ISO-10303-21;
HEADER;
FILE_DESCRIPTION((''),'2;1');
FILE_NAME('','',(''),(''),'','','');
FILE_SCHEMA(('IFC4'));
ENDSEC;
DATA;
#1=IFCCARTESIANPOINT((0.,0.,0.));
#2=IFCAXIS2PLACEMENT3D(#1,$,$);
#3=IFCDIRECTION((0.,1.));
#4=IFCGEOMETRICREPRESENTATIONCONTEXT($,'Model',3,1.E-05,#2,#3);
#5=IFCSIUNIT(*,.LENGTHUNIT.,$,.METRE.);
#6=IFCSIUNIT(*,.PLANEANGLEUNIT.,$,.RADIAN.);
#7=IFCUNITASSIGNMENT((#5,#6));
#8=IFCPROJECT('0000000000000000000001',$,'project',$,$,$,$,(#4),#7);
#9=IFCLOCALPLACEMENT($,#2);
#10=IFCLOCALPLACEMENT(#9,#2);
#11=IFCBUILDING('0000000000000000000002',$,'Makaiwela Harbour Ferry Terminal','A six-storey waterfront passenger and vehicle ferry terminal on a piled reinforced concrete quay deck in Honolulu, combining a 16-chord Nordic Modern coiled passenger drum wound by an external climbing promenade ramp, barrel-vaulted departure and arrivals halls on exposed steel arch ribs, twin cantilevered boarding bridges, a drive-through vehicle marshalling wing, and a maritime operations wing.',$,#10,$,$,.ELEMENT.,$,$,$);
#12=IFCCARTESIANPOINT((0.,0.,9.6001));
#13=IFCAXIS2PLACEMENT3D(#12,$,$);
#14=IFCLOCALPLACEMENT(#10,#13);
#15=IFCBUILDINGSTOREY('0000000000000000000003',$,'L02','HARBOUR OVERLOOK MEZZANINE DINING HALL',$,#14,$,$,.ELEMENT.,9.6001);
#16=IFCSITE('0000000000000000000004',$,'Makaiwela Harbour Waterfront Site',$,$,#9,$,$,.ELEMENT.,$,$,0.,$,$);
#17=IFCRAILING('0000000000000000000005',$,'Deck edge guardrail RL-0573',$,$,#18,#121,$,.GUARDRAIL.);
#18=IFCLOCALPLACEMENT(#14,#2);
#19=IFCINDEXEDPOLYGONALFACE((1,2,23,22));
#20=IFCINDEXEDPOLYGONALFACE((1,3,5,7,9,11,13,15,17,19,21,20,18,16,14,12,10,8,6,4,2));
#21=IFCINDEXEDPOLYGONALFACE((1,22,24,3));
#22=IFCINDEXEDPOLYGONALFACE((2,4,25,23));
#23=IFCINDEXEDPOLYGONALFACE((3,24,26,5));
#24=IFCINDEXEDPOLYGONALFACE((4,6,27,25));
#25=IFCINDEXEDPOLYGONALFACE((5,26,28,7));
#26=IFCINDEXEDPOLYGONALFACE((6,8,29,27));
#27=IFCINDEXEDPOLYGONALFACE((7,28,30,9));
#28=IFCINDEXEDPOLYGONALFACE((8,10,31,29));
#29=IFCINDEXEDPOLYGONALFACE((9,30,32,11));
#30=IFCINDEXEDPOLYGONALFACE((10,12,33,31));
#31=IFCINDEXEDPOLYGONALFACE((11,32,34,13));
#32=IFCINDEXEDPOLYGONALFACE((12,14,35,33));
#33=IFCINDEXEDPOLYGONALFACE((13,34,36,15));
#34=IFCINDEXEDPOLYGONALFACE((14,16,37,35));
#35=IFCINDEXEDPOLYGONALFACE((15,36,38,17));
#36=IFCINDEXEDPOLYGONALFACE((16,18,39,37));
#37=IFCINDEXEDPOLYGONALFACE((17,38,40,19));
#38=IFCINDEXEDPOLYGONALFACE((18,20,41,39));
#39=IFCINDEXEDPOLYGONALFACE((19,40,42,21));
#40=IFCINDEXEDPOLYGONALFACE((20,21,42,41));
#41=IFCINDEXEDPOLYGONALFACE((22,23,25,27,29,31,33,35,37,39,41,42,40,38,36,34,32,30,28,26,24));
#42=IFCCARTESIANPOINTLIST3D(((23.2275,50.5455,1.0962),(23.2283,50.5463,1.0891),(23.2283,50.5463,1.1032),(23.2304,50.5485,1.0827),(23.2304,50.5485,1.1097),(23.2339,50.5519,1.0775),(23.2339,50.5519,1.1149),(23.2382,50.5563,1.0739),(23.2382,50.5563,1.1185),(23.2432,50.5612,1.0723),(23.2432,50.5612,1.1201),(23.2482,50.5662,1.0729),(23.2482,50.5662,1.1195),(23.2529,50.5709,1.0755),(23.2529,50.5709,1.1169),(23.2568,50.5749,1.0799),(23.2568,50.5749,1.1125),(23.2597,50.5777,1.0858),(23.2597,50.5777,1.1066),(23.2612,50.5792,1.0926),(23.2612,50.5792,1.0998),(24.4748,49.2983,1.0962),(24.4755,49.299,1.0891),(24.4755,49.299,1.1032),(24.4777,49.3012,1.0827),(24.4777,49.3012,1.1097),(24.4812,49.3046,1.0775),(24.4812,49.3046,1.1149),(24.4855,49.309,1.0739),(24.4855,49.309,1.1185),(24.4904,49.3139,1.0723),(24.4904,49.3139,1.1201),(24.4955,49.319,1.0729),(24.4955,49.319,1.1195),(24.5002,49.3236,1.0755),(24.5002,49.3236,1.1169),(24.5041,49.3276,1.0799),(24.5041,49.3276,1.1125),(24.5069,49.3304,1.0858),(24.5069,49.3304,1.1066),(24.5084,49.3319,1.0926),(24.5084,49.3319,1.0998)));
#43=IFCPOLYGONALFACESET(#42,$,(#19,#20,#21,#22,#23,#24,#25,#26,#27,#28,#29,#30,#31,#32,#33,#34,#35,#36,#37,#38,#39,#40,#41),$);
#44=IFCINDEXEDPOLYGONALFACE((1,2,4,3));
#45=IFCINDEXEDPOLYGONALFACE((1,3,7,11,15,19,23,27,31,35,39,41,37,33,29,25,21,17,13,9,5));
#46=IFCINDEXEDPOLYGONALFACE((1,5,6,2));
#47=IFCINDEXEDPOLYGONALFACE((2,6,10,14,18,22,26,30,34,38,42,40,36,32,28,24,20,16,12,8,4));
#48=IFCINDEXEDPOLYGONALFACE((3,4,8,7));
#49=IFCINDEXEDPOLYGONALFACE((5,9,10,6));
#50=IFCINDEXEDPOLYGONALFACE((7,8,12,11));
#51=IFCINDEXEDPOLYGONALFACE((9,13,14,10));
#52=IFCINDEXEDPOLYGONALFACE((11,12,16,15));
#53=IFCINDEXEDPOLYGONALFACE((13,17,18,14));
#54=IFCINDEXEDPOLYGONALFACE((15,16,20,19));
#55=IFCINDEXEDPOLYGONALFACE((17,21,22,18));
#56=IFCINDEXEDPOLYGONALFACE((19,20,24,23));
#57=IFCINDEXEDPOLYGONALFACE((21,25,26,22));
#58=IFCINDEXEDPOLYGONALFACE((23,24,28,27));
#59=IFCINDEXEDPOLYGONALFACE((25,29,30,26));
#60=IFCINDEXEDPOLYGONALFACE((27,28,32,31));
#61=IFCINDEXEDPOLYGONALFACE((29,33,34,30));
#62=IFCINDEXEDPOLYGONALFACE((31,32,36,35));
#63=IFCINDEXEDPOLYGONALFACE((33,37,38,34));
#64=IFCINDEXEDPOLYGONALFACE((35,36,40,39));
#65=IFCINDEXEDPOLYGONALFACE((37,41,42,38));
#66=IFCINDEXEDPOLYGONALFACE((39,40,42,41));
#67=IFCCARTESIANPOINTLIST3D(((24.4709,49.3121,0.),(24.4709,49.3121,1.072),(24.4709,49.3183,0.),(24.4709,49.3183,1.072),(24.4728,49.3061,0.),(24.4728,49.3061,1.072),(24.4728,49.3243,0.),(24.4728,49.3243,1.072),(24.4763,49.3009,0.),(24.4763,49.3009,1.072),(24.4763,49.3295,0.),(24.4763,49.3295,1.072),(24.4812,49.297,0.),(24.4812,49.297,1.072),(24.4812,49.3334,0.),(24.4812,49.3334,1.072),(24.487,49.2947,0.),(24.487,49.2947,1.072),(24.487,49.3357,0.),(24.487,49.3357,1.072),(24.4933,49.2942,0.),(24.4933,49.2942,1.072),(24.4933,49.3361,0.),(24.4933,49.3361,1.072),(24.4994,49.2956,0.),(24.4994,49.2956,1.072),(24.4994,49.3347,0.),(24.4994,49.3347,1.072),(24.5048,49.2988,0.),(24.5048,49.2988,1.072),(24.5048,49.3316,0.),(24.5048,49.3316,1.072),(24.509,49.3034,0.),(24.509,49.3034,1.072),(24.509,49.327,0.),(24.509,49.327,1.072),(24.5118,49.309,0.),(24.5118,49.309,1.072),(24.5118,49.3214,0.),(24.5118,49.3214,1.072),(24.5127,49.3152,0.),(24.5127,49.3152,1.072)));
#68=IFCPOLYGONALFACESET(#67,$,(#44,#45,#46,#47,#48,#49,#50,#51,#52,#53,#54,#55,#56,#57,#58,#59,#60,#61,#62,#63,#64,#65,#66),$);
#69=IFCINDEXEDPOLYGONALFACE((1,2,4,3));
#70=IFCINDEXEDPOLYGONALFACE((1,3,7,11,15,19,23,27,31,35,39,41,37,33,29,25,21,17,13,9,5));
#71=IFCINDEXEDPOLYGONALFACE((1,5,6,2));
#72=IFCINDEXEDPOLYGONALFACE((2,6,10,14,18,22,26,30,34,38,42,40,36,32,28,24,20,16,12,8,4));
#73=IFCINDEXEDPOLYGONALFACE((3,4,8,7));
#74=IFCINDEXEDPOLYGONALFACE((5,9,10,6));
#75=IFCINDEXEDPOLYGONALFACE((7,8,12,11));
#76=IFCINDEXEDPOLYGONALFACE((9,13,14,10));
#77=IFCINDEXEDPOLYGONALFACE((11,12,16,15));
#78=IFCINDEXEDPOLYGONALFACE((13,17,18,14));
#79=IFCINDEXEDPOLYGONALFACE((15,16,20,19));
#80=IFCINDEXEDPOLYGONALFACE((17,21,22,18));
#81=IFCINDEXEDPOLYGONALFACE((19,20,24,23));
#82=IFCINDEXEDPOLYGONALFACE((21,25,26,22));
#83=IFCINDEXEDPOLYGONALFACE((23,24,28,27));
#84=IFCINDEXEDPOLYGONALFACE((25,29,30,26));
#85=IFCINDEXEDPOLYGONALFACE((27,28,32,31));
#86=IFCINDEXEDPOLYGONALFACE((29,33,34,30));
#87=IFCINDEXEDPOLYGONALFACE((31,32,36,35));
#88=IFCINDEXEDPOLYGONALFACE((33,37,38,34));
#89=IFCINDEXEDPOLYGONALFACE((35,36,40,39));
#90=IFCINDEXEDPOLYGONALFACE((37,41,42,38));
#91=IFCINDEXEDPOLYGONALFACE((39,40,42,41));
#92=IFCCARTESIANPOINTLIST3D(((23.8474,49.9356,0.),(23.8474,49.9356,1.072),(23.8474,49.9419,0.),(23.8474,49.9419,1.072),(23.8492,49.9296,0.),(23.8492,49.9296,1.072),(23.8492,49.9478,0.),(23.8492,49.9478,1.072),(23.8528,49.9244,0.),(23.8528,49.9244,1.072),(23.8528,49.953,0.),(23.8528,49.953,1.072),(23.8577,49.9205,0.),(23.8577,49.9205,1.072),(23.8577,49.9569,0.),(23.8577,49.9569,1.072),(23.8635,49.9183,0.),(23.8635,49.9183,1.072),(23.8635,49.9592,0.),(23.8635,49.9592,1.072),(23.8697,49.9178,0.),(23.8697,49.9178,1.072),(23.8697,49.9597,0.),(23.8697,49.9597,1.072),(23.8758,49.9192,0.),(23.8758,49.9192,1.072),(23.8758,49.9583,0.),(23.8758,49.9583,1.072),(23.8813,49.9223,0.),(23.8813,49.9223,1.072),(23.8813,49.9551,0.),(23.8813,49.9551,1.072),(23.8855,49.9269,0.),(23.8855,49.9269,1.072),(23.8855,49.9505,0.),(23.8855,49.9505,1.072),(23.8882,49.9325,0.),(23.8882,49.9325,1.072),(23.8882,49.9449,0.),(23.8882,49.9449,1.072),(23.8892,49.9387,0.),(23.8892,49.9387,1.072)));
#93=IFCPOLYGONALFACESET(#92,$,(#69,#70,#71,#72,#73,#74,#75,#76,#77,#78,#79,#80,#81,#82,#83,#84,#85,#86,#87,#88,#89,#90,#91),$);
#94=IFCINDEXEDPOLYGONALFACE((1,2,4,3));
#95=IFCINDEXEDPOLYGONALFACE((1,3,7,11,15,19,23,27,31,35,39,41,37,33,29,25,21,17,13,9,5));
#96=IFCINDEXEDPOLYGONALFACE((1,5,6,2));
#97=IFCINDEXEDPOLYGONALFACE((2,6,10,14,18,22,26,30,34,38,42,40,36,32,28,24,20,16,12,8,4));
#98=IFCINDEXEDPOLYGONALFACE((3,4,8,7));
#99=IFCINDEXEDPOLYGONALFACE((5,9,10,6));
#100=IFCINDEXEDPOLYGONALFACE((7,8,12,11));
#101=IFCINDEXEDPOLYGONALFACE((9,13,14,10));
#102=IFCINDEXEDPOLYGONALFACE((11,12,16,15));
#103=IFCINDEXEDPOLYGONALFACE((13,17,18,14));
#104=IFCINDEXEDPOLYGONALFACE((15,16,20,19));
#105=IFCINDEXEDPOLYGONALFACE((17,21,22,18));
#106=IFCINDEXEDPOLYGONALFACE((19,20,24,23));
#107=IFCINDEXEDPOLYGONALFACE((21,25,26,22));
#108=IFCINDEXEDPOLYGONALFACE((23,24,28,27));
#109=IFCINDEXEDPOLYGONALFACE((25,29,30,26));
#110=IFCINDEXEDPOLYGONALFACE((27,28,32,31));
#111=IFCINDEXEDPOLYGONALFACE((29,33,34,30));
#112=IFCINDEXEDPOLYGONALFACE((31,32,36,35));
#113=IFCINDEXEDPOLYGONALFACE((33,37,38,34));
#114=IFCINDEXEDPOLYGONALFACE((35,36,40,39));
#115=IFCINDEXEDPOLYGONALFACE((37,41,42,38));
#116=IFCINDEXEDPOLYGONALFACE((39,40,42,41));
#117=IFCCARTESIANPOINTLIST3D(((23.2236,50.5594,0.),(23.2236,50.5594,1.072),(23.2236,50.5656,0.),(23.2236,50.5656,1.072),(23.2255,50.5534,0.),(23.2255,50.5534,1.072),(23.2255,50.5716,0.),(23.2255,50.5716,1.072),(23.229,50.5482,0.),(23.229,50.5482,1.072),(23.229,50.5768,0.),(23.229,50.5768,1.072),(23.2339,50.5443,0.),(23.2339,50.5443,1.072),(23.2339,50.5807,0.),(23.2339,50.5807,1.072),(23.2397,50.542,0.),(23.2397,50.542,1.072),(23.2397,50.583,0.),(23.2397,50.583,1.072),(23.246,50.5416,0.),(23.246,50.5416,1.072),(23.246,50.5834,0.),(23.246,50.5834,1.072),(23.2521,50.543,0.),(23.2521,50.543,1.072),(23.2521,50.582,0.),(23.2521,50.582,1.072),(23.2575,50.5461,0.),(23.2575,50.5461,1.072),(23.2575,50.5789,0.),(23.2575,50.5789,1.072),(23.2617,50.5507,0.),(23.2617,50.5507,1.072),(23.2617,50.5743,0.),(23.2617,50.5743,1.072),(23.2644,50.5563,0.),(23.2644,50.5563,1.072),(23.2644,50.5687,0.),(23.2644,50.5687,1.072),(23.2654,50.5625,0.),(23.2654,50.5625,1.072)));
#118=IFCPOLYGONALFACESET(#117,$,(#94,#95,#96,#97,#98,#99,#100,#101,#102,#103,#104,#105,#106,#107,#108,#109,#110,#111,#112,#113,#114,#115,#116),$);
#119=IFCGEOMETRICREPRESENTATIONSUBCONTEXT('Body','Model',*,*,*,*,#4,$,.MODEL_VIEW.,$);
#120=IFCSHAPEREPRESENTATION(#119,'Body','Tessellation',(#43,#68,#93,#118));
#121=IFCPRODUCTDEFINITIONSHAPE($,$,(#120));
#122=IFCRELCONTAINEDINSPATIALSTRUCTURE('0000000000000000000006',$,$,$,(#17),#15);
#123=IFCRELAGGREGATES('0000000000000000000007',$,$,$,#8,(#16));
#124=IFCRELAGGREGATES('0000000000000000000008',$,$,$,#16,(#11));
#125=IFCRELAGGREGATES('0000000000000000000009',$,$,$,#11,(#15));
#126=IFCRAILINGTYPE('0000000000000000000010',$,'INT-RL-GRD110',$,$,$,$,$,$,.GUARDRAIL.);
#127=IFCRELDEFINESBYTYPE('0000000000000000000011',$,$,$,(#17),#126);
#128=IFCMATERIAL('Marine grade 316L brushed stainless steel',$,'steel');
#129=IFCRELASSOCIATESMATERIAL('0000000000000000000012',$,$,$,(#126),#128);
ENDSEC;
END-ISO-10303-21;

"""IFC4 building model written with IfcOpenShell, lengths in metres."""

from ifc_helpers import new_model, si_unit, direction, frame, origin, origin_2d, place, context, subcontext, project, spatial, circle, extrude, material, type_object, element, save


model = new_model("IFC4")

# Units and contexts
model_context = context("Model", 3, precision=1e-05, world=origin(), true_north=direction((0.0, 1.0)))
body_context = subcontext(model_context, "Body", "Model", "MODEL_VIEW")
ifc_project = project(units=[si_unit("LENGTHUNIT", "METRE"), si_unit("PLANEANGLEUNIT", "RADIAN")], contexts=[model_context])

# Site, building, storey
site_placement = place(None, origin())
site = spatial("IfcSite", under=ifc_project, at=site_placement, Name="Makaiwela Harbour Waterfront Site", CompositionType="ELEMENT", RefElevation=0.0)
building_placement = place(site_placement, origin())
building = spatial("IfcBuilding", under=site, at=building_placement, Name="Makaiwela Harbour Ferry Terminal", Description="A six-storey waterfront passenger and vehicle ferry terminal on a piled reinforced concrete quay deck in Honolulu, combining a 16-chord Nordic Modern coiled passenger drum wound by an external climbing promenade ramp, barrel-vaulted departure and arrivals halls on exposed steel arch ribs, twin cantilevered boarding bridges, a drive-through vehicle marshalling wing, and a maritime operations wing.", CompositionType="ELEMENT")
storey_placement = place(building_placement, frame((0.0, 0.0, 9.6001)))
storey = spatial("IfcBuildingStorey", under=building, at=storey_placement, Name="L02", Description="HARBOUR OVERLOOK MEZZANINE DINING HALL", CompositionType="ELEMENT", Elevation=9.6001)

# Railing
ifc_material_1 = material(Name="Marine grade 316L brushed stainless steel", Category="steel")
railing_type = type_object("IfcRailingType", Name="INT-RL-GRD110", PredefinedType="GUARDRAIL", material=ifc_material_1)
railing_1_placement = place(storey_placement, frame((24.4917, 49.3152, 0.0)))
element("IfcRailing", 1, at=railing_1_placement, inside=storey, type_object=railing_type, Name="Deck edge guardrail RL-0573", PredefinedType="GUARDRAIL", context=body_context, shape_type="SweptSolid", body=[
    extrude(circle(Radius=0.0239, at=origin_2d()), frame((0.0, 0.0, 1.0962), z_axis=(-0.707107, 0.707107, 0.0), x_axis=(-0.707107, -0.707107, 0.0)), (0.0, 0.0, 1.0), 1.7639),
    extrude(circle(Radius=0.021, at=origin_2d()), origin(), (0.0, 0.0, 1.0), 1.072),
    extrude(circle(Radius=0.021, at=origin_2d()), frame((-0.6235, 0.6235, 0.0)), (0.0, 0.0, 1.0), 1.072),
    extrude(circle(Radius=0.021, at=origin_2d()), frame((-1.2473, 1.2473, 0.0)), (0.0, 0.0, 1.0), 1.072),
])

save(model, "model.ifc")
